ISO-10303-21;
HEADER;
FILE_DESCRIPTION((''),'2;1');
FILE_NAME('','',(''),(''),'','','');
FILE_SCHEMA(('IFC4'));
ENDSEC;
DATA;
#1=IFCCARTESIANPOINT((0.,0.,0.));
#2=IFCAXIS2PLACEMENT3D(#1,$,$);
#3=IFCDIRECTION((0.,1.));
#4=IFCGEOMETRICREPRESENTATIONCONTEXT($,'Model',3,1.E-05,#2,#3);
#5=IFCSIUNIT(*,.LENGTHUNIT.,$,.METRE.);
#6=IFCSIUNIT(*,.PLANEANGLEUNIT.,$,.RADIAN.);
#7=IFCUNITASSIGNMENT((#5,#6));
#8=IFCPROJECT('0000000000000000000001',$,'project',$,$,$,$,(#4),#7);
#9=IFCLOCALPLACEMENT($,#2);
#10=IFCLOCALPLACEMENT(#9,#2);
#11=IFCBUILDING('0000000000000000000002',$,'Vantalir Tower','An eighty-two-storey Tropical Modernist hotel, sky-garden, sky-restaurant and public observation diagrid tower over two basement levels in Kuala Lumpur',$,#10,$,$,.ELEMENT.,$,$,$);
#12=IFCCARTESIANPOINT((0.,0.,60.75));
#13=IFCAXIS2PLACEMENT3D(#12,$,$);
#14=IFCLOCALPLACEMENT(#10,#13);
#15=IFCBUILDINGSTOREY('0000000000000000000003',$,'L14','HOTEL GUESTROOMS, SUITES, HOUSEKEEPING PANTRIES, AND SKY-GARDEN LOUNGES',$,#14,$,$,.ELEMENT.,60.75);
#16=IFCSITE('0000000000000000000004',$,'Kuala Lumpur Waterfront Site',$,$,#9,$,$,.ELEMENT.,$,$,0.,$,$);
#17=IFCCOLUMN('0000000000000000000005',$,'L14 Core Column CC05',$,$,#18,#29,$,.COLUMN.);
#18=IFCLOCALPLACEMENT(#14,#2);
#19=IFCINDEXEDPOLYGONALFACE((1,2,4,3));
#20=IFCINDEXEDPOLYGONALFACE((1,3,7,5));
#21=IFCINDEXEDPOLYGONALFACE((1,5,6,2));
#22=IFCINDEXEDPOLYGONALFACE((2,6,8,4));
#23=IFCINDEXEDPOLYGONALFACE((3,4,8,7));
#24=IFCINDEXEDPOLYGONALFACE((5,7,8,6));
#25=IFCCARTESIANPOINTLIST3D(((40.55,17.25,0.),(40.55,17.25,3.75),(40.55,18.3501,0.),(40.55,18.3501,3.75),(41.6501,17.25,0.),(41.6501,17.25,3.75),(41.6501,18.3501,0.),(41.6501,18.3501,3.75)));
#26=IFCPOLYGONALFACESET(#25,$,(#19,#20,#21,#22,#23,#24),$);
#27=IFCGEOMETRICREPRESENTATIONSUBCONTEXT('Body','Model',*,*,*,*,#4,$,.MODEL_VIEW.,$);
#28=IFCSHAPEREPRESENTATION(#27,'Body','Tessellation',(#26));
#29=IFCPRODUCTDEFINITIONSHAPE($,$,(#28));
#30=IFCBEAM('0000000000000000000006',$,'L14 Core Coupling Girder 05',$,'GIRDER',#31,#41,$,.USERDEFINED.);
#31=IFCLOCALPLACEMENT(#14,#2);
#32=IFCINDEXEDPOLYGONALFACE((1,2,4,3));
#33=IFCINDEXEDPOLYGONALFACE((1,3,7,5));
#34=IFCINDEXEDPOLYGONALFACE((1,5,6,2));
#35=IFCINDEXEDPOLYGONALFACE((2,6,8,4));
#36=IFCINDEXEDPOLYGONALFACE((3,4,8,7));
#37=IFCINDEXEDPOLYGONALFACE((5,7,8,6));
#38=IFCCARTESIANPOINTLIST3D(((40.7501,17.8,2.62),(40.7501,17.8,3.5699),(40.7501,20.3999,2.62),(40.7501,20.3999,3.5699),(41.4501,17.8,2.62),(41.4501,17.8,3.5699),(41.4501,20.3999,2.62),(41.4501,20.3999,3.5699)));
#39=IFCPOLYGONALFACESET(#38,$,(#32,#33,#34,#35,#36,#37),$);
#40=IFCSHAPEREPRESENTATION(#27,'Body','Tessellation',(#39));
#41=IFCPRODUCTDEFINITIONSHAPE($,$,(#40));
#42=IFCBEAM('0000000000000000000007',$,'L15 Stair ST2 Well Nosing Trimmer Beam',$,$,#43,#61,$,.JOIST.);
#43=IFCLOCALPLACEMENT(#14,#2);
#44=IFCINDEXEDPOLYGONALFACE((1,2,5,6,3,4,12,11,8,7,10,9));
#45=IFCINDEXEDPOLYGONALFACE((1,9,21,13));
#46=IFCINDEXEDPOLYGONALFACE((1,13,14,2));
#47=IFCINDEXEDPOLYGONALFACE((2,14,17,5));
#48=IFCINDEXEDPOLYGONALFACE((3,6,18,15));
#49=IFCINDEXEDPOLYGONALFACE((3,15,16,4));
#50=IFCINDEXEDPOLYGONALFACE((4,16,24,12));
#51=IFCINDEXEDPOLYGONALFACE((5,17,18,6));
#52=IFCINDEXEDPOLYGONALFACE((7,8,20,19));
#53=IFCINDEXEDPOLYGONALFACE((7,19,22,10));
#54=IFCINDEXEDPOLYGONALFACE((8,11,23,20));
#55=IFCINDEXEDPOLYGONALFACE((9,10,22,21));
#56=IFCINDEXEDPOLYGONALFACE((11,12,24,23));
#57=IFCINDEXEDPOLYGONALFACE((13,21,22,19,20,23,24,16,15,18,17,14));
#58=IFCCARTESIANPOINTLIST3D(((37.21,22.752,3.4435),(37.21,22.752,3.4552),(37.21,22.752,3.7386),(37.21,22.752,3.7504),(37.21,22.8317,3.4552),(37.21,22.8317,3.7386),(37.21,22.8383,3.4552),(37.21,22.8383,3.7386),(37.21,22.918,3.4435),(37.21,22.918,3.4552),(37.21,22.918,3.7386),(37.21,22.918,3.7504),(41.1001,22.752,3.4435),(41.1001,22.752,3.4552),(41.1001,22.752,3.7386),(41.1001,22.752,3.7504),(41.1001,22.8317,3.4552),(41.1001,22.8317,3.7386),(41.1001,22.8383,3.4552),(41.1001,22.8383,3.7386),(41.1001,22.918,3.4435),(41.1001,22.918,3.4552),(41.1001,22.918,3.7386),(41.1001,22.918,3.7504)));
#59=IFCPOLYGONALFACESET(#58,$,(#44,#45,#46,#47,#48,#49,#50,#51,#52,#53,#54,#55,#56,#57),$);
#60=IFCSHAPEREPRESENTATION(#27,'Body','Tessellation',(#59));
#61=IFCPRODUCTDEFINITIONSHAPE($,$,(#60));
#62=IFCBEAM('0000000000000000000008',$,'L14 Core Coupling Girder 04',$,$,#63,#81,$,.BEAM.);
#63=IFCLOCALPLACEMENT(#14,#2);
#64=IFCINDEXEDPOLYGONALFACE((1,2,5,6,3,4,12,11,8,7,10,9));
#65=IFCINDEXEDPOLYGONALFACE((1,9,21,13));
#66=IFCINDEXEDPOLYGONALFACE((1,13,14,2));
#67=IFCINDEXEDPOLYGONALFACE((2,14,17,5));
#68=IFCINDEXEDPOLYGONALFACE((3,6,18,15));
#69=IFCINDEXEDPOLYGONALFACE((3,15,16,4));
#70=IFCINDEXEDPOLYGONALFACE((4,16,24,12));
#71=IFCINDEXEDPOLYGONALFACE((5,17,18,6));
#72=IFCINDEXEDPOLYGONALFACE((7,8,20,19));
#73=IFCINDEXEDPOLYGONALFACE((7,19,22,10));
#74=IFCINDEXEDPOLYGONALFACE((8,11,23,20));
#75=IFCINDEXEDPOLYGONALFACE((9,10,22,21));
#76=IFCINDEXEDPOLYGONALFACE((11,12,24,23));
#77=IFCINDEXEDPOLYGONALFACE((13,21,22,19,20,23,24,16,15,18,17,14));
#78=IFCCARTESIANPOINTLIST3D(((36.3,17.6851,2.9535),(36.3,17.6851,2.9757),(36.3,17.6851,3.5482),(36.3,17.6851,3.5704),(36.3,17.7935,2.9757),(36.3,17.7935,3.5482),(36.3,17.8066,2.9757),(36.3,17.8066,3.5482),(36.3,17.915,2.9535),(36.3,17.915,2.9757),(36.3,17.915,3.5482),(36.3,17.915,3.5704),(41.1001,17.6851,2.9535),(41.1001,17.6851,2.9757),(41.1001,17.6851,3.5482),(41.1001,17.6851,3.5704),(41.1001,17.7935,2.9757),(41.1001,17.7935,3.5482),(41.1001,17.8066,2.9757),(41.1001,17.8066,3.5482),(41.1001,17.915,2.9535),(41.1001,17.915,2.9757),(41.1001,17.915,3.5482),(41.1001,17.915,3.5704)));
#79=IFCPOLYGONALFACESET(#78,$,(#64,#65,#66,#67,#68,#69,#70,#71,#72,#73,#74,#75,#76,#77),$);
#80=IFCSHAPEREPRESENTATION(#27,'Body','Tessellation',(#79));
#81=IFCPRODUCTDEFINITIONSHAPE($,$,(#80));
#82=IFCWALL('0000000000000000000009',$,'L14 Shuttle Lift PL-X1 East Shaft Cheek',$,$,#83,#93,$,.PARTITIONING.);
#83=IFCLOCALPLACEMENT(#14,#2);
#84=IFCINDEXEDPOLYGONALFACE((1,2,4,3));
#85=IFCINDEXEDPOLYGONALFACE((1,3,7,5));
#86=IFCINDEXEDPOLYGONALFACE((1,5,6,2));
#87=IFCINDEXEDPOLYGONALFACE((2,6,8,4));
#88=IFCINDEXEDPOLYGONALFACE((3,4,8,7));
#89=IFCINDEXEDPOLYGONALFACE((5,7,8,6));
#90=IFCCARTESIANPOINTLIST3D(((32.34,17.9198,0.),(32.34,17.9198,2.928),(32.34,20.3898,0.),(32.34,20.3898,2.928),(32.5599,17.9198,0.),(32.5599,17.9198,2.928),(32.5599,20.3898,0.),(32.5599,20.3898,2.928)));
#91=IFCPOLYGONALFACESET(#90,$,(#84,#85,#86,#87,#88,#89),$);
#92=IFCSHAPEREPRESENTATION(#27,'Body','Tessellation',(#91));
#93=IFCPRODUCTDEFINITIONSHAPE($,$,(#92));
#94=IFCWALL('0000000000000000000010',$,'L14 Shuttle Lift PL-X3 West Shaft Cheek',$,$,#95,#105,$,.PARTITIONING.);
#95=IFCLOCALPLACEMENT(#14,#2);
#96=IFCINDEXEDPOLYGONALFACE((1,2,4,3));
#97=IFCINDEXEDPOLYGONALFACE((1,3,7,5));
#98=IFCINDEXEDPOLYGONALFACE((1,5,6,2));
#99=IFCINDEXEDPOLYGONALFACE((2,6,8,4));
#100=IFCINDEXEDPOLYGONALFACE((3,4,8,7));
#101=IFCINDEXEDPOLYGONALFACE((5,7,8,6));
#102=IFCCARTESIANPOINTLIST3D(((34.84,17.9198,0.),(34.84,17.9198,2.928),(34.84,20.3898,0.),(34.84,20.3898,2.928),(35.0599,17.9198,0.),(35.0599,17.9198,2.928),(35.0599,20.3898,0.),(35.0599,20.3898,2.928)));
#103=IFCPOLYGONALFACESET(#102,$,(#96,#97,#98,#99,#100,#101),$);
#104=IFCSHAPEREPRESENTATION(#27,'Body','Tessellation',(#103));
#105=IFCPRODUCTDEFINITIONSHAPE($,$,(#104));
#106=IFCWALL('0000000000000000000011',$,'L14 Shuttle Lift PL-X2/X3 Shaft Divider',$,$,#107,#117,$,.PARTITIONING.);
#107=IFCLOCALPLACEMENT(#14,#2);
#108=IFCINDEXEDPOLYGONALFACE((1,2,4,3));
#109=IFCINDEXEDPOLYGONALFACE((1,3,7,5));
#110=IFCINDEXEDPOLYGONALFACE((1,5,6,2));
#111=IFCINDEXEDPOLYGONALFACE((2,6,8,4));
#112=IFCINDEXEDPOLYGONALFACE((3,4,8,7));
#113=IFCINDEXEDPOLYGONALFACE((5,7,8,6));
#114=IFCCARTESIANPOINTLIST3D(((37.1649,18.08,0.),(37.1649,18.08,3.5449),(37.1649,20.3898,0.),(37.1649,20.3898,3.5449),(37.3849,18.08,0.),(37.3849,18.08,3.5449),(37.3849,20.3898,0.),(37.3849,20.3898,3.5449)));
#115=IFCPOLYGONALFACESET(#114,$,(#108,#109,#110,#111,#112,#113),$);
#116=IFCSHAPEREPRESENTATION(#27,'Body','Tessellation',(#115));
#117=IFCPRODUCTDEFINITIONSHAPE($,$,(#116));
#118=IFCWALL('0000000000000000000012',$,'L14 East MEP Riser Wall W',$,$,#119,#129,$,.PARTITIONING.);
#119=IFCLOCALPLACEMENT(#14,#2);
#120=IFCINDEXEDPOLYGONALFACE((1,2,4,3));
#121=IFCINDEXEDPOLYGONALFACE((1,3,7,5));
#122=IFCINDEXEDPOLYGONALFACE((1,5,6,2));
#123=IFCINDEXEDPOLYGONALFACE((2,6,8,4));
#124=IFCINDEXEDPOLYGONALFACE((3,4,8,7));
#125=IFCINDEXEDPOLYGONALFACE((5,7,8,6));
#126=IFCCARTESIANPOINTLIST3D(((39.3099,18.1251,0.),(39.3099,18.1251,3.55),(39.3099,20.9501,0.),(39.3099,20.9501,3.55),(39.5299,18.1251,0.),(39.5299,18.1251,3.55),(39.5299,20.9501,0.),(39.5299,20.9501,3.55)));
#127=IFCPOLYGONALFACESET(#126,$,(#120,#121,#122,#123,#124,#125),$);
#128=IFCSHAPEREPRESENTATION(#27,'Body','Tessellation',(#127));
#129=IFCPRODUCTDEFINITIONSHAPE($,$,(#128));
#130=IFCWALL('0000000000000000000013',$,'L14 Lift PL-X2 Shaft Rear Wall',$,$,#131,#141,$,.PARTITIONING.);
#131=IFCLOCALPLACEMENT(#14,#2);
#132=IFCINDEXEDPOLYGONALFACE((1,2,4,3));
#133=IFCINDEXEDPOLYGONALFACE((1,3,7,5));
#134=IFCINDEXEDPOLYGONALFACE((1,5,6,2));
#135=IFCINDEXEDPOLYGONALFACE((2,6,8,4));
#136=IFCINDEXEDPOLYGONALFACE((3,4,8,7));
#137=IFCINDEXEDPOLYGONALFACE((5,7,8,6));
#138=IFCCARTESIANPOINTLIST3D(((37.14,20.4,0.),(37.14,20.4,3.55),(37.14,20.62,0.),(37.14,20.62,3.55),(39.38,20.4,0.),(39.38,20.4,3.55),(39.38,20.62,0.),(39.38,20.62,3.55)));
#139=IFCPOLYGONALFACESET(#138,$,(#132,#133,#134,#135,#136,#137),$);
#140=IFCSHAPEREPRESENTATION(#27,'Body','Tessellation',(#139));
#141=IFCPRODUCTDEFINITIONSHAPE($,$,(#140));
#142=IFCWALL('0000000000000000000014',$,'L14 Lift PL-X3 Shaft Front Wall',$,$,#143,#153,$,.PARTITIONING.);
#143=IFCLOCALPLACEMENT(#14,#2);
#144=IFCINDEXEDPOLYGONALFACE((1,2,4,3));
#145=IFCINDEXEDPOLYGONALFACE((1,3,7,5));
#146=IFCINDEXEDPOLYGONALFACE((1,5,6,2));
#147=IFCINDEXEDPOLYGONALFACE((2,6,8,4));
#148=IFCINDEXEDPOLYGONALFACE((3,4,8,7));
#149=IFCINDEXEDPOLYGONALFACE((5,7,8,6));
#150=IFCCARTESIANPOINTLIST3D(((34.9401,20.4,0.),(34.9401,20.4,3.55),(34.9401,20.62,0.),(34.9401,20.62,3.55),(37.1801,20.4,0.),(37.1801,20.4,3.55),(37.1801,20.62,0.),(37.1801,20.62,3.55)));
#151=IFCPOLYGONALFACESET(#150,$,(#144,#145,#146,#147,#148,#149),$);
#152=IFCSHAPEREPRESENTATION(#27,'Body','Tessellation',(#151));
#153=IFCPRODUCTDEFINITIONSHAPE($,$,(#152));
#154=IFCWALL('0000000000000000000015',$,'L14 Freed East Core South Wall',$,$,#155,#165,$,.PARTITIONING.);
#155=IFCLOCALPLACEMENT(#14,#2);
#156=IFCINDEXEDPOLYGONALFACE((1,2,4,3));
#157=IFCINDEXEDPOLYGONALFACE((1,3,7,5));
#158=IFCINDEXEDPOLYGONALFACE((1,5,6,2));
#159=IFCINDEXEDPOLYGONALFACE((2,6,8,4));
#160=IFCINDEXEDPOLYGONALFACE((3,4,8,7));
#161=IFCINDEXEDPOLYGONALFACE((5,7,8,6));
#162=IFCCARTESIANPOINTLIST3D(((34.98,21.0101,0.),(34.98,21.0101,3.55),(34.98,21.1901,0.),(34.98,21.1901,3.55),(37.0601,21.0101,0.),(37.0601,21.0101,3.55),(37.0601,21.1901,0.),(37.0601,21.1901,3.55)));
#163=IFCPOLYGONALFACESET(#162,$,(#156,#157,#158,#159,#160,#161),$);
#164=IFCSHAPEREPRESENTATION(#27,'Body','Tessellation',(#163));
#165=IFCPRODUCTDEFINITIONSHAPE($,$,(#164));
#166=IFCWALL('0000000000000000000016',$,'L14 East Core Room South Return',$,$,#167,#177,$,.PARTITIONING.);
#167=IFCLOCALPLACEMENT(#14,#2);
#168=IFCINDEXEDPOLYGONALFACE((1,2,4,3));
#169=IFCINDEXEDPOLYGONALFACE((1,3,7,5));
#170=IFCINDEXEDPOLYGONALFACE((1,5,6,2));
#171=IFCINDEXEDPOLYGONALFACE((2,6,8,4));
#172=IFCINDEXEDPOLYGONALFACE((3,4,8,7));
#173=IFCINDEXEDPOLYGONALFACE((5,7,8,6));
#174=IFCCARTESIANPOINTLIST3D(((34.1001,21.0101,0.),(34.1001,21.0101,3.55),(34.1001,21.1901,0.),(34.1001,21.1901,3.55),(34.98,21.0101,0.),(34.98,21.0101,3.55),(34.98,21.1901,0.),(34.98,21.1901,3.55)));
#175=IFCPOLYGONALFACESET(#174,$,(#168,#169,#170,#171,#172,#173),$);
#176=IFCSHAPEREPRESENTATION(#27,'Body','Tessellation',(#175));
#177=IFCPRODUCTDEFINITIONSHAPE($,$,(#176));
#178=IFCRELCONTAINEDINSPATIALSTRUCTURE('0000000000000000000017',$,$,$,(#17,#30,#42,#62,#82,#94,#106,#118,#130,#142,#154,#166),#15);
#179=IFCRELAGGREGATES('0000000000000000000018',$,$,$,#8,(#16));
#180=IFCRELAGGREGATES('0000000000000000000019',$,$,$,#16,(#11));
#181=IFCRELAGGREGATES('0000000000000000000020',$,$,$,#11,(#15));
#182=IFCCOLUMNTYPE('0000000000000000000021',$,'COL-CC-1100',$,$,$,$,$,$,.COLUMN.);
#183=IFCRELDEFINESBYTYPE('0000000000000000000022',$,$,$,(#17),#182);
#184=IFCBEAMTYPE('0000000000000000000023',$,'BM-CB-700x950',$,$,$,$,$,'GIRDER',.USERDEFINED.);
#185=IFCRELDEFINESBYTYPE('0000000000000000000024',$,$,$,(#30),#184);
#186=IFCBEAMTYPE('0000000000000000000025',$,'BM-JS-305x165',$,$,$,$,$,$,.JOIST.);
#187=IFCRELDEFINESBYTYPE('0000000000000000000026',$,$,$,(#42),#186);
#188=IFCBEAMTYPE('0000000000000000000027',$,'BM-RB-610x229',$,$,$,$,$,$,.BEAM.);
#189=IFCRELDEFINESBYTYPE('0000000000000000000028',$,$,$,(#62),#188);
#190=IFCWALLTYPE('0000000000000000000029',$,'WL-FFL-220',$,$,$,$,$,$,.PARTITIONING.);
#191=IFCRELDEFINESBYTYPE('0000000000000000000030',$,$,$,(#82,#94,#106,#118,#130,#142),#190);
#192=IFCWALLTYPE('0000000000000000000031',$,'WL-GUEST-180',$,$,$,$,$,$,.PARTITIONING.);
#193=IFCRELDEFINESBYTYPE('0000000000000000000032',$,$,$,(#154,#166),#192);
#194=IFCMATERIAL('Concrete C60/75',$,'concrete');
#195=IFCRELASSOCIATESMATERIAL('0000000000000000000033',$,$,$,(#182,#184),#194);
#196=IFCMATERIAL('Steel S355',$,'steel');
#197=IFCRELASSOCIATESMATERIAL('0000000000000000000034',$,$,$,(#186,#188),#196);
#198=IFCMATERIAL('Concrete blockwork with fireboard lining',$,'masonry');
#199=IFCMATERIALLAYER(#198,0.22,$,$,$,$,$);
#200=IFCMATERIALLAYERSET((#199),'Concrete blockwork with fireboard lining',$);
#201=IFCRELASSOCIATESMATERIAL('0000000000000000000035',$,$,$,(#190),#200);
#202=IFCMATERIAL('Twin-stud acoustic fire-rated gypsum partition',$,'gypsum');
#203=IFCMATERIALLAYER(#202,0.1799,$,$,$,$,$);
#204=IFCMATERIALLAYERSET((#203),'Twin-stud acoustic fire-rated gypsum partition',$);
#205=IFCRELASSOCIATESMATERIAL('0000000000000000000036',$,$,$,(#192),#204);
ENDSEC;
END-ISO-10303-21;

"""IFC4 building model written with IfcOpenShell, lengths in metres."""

from ifc_helpers import new_model, si_unit, direction, frame, frame_2d, origin, origin_2d, place, context, subcontext, project, spatial, rectangle, i_section, extrude, material, layer, layer_set, material_profile, profile_set, type_object, element, save


model = new_model("IFC4")

# Units and contexts
model_context = context("Model", 3, precision=1e-05, world=origin(), true_north=direction((0.0, 1.0)))
body_context = subcontext(model_context, "Body", "Model", "MODEL_VIEW")
ifc_project = project(units=[si_unit("LENGTHUNIT", "METRE"), si_unit("PLANEANGLEUNIT", "RADIAN")], contexts=[model_context])

# Site, building, storey
site_placement = place(None, origin())
site = spatial("IfcSite", under=ifc_project, at=site_placement, Name="Kuala Lumpur Waterfront Site", CompositionType="ELEMENT", RefElevation=0.0)
building_placement = place(site_placement, origin())
building = spatial("IfcBuilding", under=site, at=building_placement, Name="Vantalir Tower", Description="An eighty-two-storey Tropical Modernist hotel, sky-garden, sky-restaurant and public observation diagrid tower over two basement levels in Kuala Lumpur", CompositionType="ELEMENT")
storey_placement = place(building_placement, frame((0.0, 0.0, 60.75)))
storey = spatial("IfcBuildingStorey", under=building, at=storey_placement, Name="L14", Description="HOTEL GUESTROOMS, SUITES, HOUSEKEEPING PANTRIES, AND SKY-GARDEN LOUNGES", CompositionType="ELEMENT", Elevation=60.75)

# Column
ifc_material_1 = material(Name="Concrete C60/75", Category="concrete")
ifc_material_profile_1 = material_profile(ifc_material_1, rectangle(XDim=1.1001, YDim=1.1001, at=origin_2d()), Name="Concrete C60/75")
ifc_profile_set_1 = profile_set([ifc_material_profile_1], Name="Concrete C60/75")
column_type = type_object("IfcColumnType", Name="COL-CC-1100", PredefinedType="COLUMN", material=ifc_profile_set_1)
column_placement = place(storey_placement, frame((41.1001, 17.8, 0.0), z_axis=(0.0, 0.0, 1.0), x_axis=(1.0, 0.0, 0.0)))
element("IfcColumn", 1, at=column_placement, inside=storey, type_object=column_type, Name="L14 Core Column CC05", PredefinedType="COLUMN", context=body_context, shape_type="SweptSolid", body=[
    extrude(rectangle(XDim=1.1001, YDim=1.1001, at=origin_2d()), origin(), (0.0, 0.0, 1.0), 3.75),
])

# Beams
ifc_material_profile_2 = material_profile(ifc_material_1, rectangle(XDim=0.7, YDim=0.95, at=origin_2d()), Name="Concrete C60/75")
ifc_profile_set_2 = profile_set([ifc_material_profile_2], Name="Concrete C60/75")
beam_type_1 = type_object("IfcBeamType", Name="BM-CB-700x950", ElementType="GIRDER", PredefinedType="USERDEFINED", material=ifc_profile_set_2)
beam_1_placement = place(storey_placement, frame((41.1001, 17.8, 3.095), z_axis=(0.0, 1.0, 0.0), x_axis=(-1.0, 0.0, 0.0)))
element("IfcBeam", 2, at=beam_1_placement, inside=storey, type_object=beam_type_1, Name="L14 Core Coupling Girder 05", ObjectType="GIRDER", PredefinedType="USERDEFINED", context=body_context, shape_type="SweptSolid", body=[
    extrude(rectangle(XDim=0.7, YDim=0.95, at=origin_2d()), origin(), (0.0, 0.0, 1.0), 2.5999),
])
ifc_material_2 = material(Name="Steel S355", Category="steel")
ifc_material_profile_3 = material_profile(ifc_material_2, i_section(OverallWidth=0.166, OverallDepth=0.3069, WebThickness=0.0066, FlangeThickness=0.0117, at=origin_2d()), Name="Steel S355")
ifc_profile_set_3 = profile_set([ifc_material_profile_3], Name="Steel S355")
beam_type_2 = type_object("IfcBeamType", Name="BM-JS-305x165", PredefinedType="JOIST", material=ifc_profile_set_3)
beam_2_placement = place(storey_placement, frame((37.21, 22.835, 3.5969), z_axis=(1.0, 0.0, 0.0), x_axis=(0.0, 1.0, 0.0)))
element("IfcBeam", 3, at=beam_2_placement, inside=storey, type_object=beam_type_2, Name="L15 Stair ST2 Well Nosing Trimmer Beam", PredefinedType="JOIST", context=body_context, shape_type="SweptSolid", body=[
    extrude(i_section(OverallWidth=0.166, OverallDepth=0.3069, WebThickness=0.0066, FlangeThickness=0.0117, at=origin_2d()), origin(), (0.0, 0.0, 1.0), 3.8901),
])
ifc_material_profile_4 = material_profile(ifc_material_2, i_section(OverallWidth=0.23, OverallDepth=0.6169, WebThickness=0.0132, FlangeThickness=0.0222, at=origin_2d()), Name="Steel S355")
ifc_profile_set_4 = profile_set([ifc_material_profile_4], Name="Steel S355")
beam_type_3 = type_object("IfcBeamType", Name="BM-RB-610x229", PredefinedType="BEAM", material=ifc_profile_set_4)
beam_3_placement = place(storey_placement, frame((36.3, 17.8, 3.262), z_axis=(1.0, 0.0, 0.0), x_axis=(0.0, 1.0, 0.0)))
element("IfcBeam", 4, at=beam_3_placement, inside=storey, type_object=beam_type_3, Name="L14 Core Coupling Girder 04", PredefinedType="BEAM", context=body_context, shape_type="SweptSolid", body=[
    extrude(i_section(OverallWidth=0.23, OverallDepth=0.6169, WebThickness=0.0132, FlangeThickness=0.0222, at=origin_2d()), origin(), (0.0, 0.0, 1.0), 4.8),
])

# Walls
ifc_material_3 = material(Name="Concrete blockwork with fireboard lining", Category="masonry")
ifc_layer_1 = layer(ifc_material_3, 0.22)
ifc_layer_set_1 = layer_set([ifc_layer_1], Name="Concrete blockwork with fireboard lining")
wall_type_1 = type_object("IfcWallType", Name="WL-FFL-220", PredefinedType="PARTITIONING", material=ifc_layer_set_1)
for number, where, z_axis, x_axis, name in (
    (5, (32.45, 17.9199, 0.0), (0.0, 0.0, 1.0), (0.0, 1.0, 0.0), "L14 Shuttle Lift PL-X1 East Shaft Cheek"),
    (6, (34.95, 17.9199, 0.0), (0.0, 0.0, 1.0), (0.0, 1.0, 0.0), "L14 Shuttle Lift PL-X3 West Shaft Cheek"),
):
    element("IfcWall", number, at=place(storey_placement, frame(where, z_axis=z_axis, x_axis=x_axis)), inside=storey, type_object=wall_type_1, Name=name, PredefinedType="PARTITIONING", context=body_context, shape_type="SweptSolid", body=[
        extrude(rectangle(XDim=2.47, YDim=0.22, at=frame_2d((1.2349, 0.0))), origin(), (0.0, 0.0, 1.0), 2.928),
    ])
wall_1_placement = place(storey_placement, frame((37.2749, 18.0801, 0.0), z_axis=(0.0, 0.0, 1.0), x_axis=(0.0, 1.0, 0.0)))
element("IfcWall", 7, at=wall_1_placement, inside=storey, type_object=wall_type_1, Name="L14 Shuttle Lift PL-X2/X3 Shaft Divider", PredefinedType="PARTITIONING", context=body_context, shape_type="SweptSolid", body=[
    extrude(rectangle(XDim=2.3098, YDim=0.22, at=frame_2d((1.1548, 0.0))), origin(), (0.0, 0.0, 1.0), 3.5449),
])
wall_2_placement = place(storey_placement, frame((39.4199, 18.125, 0.0), z_axis=(0.0, 0.0, 1.0), x_axis=(0.0, 1.0, 0.0)))
element("IfcWall", 8, at=wall_2_placement, inside=storey, type_object=wall_type_1, Name="L14 East MEP Riser Wall W", PredefinedType="PARTITIONING", context=body_context, shape_type="SweptSolid", body=[
    extrude(rectangle(XDim=2.825, YDim=0.22, at=frame_2d((1.4126, 0.0))), origin(), (0.0, 0.0, 1.0), 3.55),
])
for number, where, z_axis, x_axis, name in (
    (9, (37.1399, 20.51, 0.0), (0.0, 0.0, 1.0), (1.0, 0.0, 0.0), "L14 Lift PL-X2 Shaft Rear Wall"),
    (10, (34.9399, 20.51, 0.0), (0.0, 0.0, 1.0), (1.0, 0.0, 0.0), "L14 Lift PL-X3 Shaft Front Wall"),
):
    element("IfcWall", number, at=place(storey_placement, frame(where, z_axis=z_axis, x_axis=x_axis)), inside=storey, type_object=wall_type_1, Name=name, PredefinedType="PARTITIONING", context=body_context, shape_type="SweptSolid", body=[
        extrude(rectangle(XDim=2.24, YDim=0.22, at=frame_2d((1.1201, 0.0))), origin(), (0.0, 0.0, 1.0), 3.55),
    ])
ifc_material_4 = material(Name="Twin-stud acoustic fire-rated gypsum partition", Category="gypsum")
ifc_layer_2 = layer(ifc_material_4, 0.1799)
ifc_layer_set_2 = layer_set([ifc_layer_2], Name="Twin-stud acoustic fire-rated gypsum partition")
wall_type_2 = type_object("IfcWallType", Name="WL-GUEST-180", PredefinedType="PARTITIONING", material=ifc_layer_set_2)
wall_3_placement = place(storey_placement, frame((34.98, 21.1001, 0.0), z_axis=(0.0, 0.0, 1.0), x_axis=(1.0, 0.0, 0.0)))
element("IfcWall", 11, at=wall_3_placement, inside=storey, type_object=wall_type_2, Name="L14 Freed East Core South Wall", PredefinedType="PARTITIONING", context=body_context, shape_type="SweptSolid", body=[
    extrude(rectangle(XDim=2.0801, YDim=0.1799, at=frame_2d((1.04, 0.0))), origin(), (0.0, 0.0, 1.0), 3.55),
])
wall_4_placement = place(storey_placement, frame((34.1001, 21.1001, 0.0), z_axis=(0.0, 0.0, 1.0), x_axis=(1.0, 0.0, 0.0)))
element("IfcWall", 12, at=wall_4_placement, inside=storey, type_object=wall_type_2, Name="L14 East Core Room South Return", PredefinedType="PARTITIONING", context=body_context, shape_type="SweptSolid", body=[
    extrude(rectangle(XDim=0.8799, YDim=0.1799, at=frame_2d((0.4399, 0.0))), origin(), (0.0, 0.0, 1.0), 3.55),
])

save(model, "model.ifc")
